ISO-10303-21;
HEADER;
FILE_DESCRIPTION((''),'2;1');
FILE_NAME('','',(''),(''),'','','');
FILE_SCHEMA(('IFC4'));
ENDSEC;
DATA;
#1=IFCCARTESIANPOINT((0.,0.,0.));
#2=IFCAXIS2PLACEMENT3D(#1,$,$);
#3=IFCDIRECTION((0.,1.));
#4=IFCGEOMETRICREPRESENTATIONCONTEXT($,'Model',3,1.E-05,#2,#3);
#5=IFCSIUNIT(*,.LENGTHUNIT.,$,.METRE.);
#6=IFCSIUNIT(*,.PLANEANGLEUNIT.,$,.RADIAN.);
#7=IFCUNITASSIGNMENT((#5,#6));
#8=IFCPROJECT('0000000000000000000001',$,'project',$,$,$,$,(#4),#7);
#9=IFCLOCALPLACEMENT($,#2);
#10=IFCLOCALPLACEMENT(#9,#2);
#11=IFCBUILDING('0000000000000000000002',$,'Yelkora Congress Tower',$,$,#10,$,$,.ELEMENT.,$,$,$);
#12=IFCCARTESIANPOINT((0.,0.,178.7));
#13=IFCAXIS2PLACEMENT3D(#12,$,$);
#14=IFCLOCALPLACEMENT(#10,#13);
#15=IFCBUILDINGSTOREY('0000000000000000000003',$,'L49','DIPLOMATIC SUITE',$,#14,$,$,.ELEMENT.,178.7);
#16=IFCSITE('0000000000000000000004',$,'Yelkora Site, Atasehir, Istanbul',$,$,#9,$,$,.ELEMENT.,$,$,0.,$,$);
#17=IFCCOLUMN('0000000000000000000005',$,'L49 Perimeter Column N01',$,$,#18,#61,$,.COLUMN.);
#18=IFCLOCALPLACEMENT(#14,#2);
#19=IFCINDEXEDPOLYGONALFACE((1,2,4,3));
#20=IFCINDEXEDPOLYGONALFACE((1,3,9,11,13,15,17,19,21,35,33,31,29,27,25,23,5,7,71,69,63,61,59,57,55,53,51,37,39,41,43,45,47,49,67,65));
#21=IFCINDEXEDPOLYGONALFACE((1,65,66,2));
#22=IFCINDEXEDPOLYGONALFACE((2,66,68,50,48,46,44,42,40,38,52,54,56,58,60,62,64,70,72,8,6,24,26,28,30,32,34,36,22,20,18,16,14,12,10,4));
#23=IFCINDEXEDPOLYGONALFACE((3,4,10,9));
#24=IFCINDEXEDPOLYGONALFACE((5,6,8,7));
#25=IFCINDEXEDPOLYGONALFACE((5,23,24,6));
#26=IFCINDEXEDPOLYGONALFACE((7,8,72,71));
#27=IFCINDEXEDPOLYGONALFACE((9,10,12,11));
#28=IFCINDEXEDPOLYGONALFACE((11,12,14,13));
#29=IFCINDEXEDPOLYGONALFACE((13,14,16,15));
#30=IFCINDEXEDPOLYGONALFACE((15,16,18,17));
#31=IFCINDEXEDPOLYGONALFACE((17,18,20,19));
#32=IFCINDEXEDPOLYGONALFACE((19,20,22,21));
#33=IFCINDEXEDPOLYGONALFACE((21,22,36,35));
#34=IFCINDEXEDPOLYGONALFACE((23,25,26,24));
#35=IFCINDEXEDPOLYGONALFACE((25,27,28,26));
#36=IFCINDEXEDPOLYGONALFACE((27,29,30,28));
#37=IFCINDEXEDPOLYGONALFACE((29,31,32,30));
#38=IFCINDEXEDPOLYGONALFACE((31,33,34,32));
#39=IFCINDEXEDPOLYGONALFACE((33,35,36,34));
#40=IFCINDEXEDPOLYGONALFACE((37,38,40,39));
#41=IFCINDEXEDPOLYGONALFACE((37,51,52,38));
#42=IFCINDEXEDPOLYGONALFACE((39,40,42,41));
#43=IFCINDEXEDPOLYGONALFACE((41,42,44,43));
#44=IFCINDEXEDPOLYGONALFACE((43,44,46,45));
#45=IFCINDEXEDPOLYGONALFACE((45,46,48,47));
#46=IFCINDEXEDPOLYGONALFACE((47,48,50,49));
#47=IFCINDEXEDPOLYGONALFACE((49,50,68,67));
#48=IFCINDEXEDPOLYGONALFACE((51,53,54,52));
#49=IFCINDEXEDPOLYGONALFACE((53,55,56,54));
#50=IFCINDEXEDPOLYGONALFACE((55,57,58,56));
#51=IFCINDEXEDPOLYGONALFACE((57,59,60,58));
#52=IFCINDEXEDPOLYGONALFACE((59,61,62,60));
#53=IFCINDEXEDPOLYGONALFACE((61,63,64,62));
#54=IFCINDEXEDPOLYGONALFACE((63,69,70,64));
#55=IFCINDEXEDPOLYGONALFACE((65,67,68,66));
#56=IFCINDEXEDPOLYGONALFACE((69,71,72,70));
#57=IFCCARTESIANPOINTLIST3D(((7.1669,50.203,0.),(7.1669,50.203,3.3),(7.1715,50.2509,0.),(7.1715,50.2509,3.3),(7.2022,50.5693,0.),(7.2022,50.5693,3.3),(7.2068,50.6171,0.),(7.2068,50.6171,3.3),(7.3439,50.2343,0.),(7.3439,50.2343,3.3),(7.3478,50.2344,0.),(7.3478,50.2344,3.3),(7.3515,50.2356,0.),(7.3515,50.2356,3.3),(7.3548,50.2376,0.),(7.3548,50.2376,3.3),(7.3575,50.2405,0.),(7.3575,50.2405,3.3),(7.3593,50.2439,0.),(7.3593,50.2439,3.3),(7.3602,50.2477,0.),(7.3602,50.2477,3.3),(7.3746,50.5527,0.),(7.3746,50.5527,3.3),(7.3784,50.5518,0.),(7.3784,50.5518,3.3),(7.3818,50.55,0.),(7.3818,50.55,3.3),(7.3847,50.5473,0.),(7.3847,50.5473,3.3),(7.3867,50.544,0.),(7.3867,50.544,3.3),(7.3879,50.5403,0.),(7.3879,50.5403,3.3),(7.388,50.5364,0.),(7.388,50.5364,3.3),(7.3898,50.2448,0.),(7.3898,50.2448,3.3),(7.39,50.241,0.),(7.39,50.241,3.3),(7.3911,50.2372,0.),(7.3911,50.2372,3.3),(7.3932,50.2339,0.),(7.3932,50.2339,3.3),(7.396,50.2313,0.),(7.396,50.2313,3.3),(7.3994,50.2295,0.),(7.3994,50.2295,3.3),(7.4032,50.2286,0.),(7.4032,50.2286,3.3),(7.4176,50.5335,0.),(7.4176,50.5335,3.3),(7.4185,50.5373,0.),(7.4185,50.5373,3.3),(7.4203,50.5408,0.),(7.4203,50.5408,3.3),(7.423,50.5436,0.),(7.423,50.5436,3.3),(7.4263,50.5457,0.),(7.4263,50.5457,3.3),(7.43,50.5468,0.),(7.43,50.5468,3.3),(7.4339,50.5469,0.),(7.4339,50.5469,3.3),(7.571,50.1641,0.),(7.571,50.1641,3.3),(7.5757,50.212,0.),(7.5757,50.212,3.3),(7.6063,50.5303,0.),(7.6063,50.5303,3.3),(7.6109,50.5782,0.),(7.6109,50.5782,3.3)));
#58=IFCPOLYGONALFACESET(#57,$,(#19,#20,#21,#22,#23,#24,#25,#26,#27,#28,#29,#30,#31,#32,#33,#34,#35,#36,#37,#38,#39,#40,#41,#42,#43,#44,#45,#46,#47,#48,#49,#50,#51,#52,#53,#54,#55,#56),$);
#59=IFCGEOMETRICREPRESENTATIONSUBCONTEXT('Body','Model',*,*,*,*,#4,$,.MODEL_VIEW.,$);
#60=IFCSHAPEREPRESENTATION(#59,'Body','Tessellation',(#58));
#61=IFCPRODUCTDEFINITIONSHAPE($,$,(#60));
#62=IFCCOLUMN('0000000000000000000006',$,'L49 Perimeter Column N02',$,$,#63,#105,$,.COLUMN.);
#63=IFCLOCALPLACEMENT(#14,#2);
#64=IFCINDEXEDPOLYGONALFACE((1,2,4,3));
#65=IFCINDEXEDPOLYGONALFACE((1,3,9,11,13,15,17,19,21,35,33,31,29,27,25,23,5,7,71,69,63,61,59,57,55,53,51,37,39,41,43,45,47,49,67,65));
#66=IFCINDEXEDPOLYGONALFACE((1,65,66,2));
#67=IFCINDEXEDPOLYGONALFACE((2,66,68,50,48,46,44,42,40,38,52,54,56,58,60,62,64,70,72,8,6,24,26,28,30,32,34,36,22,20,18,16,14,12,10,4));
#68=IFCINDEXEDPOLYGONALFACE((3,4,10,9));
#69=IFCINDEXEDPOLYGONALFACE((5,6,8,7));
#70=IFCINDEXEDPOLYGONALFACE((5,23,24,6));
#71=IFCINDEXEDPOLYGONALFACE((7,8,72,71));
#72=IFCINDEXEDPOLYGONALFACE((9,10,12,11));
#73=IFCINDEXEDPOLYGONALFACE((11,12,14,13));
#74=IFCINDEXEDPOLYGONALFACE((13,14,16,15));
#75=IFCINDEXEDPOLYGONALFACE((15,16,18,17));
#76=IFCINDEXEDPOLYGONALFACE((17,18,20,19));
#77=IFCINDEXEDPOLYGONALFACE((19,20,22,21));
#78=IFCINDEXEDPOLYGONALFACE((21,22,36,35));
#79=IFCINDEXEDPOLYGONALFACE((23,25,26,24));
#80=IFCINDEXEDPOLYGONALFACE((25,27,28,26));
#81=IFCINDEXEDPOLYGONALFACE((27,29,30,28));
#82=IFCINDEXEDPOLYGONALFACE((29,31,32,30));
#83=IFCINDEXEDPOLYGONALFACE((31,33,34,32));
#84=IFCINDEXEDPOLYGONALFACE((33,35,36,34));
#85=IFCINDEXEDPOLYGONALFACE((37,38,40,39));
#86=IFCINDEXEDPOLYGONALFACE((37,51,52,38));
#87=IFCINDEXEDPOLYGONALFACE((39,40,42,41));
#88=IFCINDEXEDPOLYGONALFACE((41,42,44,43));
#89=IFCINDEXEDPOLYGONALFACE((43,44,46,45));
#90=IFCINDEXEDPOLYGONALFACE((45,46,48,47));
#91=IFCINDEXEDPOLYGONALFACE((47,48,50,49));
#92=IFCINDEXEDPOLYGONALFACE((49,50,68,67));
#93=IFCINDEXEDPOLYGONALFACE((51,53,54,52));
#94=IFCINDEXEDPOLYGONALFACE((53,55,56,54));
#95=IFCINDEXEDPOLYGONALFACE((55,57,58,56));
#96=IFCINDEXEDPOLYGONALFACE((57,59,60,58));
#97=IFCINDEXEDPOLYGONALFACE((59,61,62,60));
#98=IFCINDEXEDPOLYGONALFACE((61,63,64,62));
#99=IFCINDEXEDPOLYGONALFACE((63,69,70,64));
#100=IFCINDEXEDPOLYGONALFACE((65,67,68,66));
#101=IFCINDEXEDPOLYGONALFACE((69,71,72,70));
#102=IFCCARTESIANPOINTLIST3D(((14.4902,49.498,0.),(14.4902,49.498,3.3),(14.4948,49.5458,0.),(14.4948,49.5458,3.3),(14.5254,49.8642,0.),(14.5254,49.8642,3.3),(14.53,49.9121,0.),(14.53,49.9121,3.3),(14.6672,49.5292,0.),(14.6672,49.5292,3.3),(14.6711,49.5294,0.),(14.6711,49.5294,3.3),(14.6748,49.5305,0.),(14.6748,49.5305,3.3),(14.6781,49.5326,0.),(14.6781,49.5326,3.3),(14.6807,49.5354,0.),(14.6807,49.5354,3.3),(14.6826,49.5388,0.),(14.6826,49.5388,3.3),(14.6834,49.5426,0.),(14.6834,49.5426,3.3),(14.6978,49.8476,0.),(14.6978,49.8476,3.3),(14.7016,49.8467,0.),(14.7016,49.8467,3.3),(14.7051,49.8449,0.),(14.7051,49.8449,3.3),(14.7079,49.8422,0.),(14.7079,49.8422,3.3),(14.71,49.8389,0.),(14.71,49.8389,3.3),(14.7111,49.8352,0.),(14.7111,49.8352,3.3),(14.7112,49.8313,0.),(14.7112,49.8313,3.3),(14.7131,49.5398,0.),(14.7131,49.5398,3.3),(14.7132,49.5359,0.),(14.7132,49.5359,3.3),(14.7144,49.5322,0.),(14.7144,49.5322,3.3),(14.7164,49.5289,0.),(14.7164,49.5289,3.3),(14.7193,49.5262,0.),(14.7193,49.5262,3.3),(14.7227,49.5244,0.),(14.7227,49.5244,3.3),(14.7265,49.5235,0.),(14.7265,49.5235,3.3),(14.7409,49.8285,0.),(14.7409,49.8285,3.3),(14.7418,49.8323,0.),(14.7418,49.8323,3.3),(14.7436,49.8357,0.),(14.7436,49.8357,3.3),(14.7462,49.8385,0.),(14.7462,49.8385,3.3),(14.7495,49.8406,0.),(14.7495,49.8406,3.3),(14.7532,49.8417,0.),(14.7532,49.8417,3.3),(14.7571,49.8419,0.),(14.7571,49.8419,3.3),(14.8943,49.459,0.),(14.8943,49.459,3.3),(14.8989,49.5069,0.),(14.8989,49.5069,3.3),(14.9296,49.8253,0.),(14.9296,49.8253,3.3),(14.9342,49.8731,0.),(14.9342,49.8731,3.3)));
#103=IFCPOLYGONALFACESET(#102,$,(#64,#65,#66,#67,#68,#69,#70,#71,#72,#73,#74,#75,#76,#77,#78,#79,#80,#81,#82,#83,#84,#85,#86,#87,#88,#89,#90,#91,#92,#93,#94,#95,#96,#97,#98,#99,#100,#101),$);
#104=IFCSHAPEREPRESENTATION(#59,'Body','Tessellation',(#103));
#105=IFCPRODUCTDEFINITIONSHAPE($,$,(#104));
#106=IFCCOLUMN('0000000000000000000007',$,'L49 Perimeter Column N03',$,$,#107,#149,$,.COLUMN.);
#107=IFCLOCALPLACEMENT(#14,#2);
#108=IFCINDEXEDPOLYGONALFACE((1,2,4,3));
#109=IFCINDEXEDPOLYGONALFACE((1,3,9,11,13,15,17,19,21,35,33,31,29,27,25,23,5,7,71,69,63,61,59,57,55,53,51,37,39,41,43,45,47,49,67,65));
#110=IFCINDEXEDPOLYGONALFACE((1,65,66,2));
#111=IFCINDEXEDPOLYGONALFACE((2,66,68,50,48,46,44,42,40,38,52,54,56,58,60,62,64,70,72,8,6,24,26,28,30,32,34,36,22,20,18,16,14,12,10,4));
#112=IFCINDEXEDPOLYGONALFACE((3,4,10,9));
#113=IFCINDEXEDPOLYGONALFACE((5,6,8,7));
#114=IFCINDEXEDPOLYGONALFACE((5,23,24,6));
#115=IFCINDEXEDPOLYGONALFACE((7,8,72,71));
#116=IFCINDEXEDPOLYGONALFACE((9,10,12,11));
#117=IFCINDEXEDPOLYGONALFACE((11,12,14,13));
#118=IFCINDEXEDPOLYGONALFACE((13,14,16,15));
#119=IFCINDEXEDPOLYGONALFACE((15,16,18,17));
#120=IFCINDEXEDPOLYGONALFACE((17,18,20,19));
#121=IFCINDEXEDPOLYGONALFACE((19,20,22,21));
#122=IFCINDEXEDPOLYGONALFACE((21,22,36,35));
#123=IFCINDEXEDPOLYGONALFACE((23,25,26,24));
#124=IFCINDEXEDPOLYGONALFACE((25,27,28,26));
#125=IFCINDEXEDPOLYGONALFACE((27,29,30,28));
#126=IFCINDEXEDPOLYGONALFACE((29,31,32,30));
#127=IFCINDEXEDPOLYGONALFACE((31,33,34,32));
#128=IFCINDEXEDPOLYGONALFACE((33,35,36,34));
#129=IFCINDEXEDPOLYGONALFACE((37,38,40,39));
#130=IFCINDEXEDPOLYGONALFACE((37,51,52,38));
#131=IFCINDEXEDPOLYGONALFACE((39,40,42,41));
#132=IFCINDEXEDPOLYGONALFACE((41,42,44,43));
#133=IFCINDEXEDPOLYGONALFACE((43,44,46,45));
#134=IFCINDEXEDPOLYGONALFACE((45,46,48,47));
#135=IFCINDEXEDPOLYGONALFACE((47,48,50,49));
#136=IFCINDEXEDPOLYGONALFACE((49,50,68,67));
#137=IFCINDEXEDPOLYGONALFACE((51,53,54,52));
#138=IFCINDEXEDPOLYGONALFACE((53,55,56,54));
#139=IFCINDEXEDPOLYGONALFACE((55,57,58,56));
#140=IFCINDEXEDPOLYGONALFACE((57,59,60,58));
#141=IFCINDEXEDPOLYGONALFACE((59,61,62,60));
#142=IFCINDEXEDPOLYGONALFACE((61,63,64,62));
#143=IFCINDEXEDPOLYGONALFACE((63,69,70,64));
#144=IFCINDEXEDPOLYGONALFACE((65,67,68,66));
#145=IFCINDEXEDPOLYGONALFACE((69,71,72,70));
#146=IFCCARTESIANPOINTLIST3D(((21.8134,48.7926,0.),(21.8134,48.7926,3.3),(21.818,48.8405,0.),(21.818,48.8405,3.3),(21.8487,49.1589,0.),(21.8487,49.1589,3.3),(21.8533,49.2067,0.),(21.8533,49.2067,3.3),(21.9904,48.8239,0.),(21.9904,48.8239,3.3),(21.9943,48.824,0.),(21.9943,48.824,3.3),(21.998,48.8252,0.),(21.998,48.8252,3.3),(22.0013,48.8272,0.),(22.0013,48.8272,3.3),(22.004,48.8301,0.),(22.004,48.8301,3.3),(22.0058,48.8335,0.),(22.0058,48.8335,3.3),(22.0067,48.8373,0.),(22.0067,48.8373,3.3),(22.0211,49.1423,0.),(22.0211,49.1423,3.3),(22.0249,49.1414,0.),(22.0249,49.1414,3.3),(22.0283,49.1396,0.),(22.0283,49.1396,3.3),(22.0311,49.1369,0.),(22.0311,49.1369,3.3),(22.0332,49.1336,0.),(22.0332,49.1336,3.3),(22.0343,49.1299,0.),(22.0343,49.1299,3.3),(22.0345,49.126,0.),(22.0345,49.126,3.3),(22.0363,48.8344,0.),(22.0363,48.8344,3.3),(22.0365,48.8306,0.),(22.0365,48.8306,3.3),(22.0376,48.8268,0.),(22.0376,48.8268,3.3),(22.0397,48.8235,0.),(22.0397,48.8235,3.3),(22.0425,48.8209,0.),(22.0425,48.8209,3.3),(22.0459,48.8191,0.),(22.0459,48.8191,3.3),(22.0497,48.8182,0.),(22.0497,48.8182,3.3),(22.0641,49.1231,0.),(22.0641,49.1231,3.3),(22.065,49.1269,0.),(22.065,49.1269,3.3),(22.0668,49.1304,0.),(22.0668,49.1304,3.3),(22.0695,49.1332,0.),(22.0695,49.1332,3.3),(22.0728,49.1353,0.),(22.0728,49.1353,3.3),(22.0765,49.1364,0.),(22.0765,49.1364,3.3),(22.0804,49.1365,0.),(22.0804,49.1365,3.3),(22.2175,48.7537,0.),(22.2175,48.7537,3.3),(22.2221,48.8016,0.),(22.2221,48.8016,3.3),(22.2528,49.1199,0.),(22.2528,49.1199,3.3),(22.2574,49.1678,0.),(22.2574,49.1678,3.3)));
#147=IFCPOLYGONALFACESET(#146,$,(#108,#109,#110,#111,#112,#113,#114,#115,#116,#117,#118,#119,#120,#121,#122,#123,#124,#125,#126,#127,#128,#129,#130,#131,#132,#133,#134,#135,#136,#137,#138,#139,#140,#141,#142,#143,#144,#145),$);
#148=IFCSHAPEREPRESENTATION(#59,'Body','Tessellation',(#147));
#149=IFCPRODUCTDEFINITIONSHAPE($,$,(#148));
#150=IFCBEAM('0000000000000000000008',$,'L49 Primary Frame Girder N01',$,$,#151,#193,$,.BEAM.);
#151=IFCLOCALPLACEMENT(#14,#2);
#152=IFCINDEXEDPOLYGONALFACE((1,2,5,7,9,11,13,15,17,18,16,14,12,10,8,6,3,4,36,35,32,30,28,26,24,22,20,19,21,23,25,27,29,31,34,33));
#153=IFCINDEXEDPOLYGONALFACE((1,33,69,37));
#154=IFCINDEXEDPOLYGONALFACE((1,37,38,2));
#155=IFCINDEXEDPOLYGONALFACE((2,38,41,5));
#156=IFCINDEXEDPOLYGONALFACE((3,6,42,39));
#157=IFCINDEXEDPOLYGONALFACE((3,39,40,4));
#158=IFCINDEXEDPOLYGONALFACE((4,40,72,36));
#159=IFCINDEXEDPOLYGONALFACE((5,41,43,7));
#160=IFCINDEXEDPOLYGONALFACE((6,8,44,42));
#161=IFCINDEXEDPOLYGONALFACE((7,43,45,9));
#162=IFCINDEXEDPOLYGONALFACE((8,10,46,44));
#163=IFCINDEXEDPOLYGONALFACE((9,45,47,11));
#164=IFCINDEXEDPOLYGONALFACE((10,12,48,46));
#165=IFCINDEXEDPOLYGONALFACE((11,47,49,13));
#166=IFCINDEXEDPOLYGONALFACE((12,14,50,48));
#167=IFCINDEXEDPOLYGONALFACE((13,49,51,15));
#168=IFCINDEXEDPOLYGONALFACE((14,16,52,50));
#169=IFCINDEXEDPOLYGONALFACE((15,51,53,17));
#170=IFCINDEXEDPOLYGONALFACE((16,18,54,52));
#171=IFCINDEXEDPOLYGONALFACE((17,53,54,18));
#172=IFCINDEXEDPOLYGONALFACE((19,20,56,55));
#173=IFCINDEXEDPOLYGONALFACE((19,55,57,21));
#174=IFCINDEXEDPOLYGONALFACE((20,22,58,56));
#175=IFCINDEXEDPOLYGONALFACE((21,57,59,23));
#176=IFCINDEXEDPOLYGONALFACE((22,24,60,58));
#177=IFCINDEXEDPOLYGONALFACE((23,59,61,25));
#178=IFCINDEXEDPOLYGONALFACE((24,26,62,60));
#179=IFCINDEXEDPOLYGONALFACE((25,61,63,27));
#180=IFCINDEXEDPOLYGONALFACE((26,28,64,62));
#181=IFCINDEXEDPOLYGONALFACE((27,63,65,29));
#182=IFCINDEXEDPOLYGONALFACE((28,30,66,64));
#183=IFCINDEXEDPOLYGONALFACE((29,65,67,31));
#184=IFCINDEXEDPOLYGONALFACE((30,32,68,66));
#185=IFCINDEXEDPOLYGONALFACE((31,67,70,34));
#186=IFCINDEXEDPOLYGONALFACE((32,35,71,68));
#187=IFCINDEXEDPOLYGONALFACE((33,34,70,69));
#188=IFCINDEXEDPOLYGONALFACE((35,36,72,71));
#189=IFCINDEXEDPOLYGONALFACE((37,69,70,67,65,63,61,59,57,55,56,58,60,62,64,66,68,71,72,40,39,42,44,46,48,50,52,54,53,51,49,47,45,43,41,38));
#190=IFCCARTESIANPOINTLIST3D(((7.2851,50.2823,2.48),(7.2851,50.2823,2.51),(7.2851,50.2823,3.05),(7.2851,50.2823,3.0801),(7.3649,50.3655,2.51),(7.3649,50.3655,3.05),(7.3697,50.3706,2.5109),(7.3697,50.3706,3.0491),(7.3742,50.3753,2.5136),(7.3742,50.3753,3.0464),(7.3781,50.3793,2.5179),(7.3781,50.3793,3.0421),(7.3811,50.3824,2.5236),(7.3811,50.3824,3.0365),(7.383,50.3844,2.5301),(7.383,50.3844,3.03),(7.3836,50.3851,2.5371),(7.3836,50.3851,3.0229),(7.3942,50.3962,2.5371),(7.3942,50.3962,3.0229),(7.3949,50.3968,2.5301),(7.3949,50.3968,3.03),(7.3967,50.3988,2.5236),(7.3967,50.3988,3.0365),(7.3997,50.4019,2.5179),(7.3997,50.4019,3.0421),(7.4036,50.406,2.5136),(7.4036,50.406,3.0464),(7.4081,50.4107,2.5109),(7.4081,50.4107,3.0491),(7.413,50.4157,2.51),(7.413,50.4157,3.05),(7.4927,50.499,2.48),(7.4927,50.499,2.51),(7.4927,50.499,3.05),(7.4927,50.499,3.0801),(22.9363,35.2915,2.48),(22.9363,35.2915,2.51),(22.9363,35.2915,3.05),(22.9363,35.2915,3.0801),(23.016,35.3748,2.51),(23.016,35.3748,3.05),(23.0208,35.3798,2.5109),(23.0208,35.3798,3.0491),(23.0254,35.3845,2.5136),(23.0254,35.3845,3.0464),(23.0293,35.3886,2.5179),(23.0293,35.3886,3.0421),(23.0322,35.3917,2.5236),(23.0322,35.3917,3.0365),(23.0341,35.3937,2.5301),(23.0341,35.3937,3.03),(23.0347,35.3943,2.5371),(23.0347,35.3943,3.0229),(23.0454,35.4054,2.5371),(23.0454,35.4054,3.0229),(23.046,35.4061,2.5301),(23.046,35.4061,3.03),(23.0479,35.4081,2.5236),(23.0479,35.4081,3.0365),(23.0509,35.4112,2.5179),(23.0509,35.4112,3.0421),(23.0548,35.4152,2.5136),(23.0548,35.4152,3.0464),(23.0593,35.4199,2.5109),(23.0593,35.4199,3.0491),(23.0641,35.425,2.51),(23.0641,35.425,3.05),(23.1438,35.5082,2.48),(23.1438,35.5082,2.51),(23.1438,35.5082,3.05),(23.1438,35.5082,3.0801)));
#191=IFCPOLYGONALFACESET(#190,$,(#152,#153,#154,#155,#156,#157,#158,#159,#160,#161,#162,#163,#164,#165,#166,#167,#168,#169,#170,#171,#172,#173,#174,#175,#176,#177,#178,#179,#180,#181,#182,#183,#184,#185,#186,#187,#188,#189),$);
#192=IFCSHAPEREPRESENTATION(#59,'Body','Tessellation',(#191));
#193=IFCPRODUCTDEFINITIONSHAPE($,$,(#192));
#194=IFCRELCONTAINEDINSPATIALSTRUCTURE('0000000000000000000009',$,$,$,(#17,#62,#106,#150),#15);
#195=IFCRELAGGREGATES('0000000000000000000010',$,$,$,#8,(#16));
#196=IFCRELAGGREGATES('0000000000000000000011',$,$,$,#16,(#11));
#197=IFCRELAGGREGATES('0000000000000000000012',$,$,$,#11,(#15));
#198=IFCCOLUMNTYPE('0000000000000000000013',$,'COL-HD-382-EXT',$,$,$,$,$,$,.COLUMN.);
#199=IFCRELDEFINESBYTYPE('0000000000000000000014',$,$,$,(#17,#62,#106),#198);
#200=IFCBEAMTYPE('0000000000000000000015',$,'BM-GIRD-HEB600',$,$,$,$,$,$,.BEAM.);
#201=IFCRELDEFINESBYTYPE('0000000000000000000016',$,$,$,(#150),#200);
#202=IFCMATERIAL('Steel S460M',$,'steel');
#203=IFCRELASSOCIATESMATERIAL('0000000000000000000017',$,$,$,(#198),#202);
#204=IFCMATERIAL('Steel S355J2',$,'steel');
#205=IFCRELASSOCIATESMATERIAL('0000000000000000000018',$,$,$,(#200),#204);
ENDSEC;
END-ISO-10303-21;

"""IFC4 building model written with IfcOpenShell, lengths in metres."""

from ifc_helpers import new_model, si_unit, direction, frame, origin, origin_2d, place, context, subcontext, project, spatial, i_section, extrude, material, material_profile, profile_set, type_object, element, save


model = new_model("IFC4")

# Units and contexts
model_context = context("Model", 3, precision=1e-05, world=origin(), true_north=direction((0.0, 1.0)))
body_context = subcontext(model_context, "Body", "Model", "MODEL_VIEW")
ifc_project = project(units=[si_unit("LENGTHUNIT", "METRE"), si_unit("PLANEANGLEUNIT", "RADIAN")], contexts=[model_context])

# Site, building, storey
site_placement = place(None, origin())
site = spatial("IfcSite", under=ifc_project, at=site_placement, Name="Yelkora Site, Atasehir, Istanbul", CompositionType="ELEMENT", RefElevation=0.0)
building_placement = place(site_placement, origin())
building = spatial("IfcBuilding", under=site, at=building_placement, Name="Yelkora Congress Tower", CompositionType="ELEMENT")
storey_placement = place(building_placement, frame((0.0, 0.0, 178.7)))
storey = spatial("IfcBuildingStorey", under=building, at=storey_placement, Name="L49", Description="DIPLOMATIC SUITE", CompositionType="ELEMENT", Elevation=178.7)

# Columns
ifc_material_1 = material(Name="Steel S460M", Category="steel")
ifc_material_profile_1 = material_profile(ifc_material_1, i_section(OverallWidth=0.406, OverallDepth=0.416, WebThickness=0.0298, FlangeThickness=0.0481, FilletRadius=0.0149, at=origin_2d()), Name="HD 400x382")
ifc_profile_set_1 = profile_set([ifc_material_profile_1], Name="Steel S460M")
column_type = type_object("IfcColumnType", Name="COL-HD-382-EXT", PredefinedType="COLUMN", material=ifc_profile_set_1)
for number, where, z_axis, x_axis, name in (
    (1, (7.3889, 50.3906, 0.0), (0.0, 0.0, 1.0), (0.995396, -0.095846, 0.0), "L49 Perimeter Column N01"),
    (2, (14.7122, 49.6855, 0.0), (0.0, 0.0, 1.0), (0.995396, -0.095846, 0.0), "L49 Perimeter Column N02"),
    (3, (22.0354, 48.9802, 0.0), (0.0, 0.0, 1.0), (0.995396, -0.095846, 0.0), "L49 Perimeter Column N03"),
):
    element("IfcColumn", number, at=place(storey_placement, frame(where, z_axis=z_axis, x_axis=x_axis)), inside=storey, type_object=column_type, Name=name, PredefinedType="COLUMN", context=body_context, shape_type="SweptSolid", body=[
        extrude(i_section(OverallWidth=0.406, OverallDepth=0.416, WebThickness=0.0298, FlangeThickness=0.0481, FilletRadius=0.0149, at=origin_2d()), origin(), (0.0, 0.0, 1.0), 3.3),
    ])

# Beam
ifc_material_2 = material(Name="Steel S355J2", Category="steel")
ifc_material_profile_2 = material_profile(ifc_material_2, i_section(OverallWidth=0.3, OverallDepth=0.6001, WebThickness=0.0154, FlangeThickness=0.03, FilletRadius=0.0271, at=origin_2d()), Name="HEB 600")
ifc_profile_set_2 = profile_set([ifc_material_profile_2], Name="Steel S355J2")
beam_type_1 = type_object("IfcBeamType", Name="BM-GIRD-HEB600", PredefinedType="BEAM", material=ifc_profile_set_2)
beam_1_placement = place(storey_placement, frame((7.3889, 50.3906, 2.78), z_axis=(0.722179, -0.691706, 0.0), x_axis=(0.691706, 0.722179, 0.0)))
element("IfcBeam", 4, at=beam_1_placement, inside=storey, type_object=beam_type_1, Name="L49 Primary Frame Girder N01", PredefinedType="BEAM", context=body_context, shape_type="SweptSolid", body=[
    extrude(i_section(OverallWidth=0.3, OverallDepth=0.6001, WebThickness=0.0154, FlangeThickness=0.03, FilletRadius=0.0271, at=origin_2d()), origin(), (0.0, 0.0, 1.0), 21.6721),
])

save(model, "model.ifc")
